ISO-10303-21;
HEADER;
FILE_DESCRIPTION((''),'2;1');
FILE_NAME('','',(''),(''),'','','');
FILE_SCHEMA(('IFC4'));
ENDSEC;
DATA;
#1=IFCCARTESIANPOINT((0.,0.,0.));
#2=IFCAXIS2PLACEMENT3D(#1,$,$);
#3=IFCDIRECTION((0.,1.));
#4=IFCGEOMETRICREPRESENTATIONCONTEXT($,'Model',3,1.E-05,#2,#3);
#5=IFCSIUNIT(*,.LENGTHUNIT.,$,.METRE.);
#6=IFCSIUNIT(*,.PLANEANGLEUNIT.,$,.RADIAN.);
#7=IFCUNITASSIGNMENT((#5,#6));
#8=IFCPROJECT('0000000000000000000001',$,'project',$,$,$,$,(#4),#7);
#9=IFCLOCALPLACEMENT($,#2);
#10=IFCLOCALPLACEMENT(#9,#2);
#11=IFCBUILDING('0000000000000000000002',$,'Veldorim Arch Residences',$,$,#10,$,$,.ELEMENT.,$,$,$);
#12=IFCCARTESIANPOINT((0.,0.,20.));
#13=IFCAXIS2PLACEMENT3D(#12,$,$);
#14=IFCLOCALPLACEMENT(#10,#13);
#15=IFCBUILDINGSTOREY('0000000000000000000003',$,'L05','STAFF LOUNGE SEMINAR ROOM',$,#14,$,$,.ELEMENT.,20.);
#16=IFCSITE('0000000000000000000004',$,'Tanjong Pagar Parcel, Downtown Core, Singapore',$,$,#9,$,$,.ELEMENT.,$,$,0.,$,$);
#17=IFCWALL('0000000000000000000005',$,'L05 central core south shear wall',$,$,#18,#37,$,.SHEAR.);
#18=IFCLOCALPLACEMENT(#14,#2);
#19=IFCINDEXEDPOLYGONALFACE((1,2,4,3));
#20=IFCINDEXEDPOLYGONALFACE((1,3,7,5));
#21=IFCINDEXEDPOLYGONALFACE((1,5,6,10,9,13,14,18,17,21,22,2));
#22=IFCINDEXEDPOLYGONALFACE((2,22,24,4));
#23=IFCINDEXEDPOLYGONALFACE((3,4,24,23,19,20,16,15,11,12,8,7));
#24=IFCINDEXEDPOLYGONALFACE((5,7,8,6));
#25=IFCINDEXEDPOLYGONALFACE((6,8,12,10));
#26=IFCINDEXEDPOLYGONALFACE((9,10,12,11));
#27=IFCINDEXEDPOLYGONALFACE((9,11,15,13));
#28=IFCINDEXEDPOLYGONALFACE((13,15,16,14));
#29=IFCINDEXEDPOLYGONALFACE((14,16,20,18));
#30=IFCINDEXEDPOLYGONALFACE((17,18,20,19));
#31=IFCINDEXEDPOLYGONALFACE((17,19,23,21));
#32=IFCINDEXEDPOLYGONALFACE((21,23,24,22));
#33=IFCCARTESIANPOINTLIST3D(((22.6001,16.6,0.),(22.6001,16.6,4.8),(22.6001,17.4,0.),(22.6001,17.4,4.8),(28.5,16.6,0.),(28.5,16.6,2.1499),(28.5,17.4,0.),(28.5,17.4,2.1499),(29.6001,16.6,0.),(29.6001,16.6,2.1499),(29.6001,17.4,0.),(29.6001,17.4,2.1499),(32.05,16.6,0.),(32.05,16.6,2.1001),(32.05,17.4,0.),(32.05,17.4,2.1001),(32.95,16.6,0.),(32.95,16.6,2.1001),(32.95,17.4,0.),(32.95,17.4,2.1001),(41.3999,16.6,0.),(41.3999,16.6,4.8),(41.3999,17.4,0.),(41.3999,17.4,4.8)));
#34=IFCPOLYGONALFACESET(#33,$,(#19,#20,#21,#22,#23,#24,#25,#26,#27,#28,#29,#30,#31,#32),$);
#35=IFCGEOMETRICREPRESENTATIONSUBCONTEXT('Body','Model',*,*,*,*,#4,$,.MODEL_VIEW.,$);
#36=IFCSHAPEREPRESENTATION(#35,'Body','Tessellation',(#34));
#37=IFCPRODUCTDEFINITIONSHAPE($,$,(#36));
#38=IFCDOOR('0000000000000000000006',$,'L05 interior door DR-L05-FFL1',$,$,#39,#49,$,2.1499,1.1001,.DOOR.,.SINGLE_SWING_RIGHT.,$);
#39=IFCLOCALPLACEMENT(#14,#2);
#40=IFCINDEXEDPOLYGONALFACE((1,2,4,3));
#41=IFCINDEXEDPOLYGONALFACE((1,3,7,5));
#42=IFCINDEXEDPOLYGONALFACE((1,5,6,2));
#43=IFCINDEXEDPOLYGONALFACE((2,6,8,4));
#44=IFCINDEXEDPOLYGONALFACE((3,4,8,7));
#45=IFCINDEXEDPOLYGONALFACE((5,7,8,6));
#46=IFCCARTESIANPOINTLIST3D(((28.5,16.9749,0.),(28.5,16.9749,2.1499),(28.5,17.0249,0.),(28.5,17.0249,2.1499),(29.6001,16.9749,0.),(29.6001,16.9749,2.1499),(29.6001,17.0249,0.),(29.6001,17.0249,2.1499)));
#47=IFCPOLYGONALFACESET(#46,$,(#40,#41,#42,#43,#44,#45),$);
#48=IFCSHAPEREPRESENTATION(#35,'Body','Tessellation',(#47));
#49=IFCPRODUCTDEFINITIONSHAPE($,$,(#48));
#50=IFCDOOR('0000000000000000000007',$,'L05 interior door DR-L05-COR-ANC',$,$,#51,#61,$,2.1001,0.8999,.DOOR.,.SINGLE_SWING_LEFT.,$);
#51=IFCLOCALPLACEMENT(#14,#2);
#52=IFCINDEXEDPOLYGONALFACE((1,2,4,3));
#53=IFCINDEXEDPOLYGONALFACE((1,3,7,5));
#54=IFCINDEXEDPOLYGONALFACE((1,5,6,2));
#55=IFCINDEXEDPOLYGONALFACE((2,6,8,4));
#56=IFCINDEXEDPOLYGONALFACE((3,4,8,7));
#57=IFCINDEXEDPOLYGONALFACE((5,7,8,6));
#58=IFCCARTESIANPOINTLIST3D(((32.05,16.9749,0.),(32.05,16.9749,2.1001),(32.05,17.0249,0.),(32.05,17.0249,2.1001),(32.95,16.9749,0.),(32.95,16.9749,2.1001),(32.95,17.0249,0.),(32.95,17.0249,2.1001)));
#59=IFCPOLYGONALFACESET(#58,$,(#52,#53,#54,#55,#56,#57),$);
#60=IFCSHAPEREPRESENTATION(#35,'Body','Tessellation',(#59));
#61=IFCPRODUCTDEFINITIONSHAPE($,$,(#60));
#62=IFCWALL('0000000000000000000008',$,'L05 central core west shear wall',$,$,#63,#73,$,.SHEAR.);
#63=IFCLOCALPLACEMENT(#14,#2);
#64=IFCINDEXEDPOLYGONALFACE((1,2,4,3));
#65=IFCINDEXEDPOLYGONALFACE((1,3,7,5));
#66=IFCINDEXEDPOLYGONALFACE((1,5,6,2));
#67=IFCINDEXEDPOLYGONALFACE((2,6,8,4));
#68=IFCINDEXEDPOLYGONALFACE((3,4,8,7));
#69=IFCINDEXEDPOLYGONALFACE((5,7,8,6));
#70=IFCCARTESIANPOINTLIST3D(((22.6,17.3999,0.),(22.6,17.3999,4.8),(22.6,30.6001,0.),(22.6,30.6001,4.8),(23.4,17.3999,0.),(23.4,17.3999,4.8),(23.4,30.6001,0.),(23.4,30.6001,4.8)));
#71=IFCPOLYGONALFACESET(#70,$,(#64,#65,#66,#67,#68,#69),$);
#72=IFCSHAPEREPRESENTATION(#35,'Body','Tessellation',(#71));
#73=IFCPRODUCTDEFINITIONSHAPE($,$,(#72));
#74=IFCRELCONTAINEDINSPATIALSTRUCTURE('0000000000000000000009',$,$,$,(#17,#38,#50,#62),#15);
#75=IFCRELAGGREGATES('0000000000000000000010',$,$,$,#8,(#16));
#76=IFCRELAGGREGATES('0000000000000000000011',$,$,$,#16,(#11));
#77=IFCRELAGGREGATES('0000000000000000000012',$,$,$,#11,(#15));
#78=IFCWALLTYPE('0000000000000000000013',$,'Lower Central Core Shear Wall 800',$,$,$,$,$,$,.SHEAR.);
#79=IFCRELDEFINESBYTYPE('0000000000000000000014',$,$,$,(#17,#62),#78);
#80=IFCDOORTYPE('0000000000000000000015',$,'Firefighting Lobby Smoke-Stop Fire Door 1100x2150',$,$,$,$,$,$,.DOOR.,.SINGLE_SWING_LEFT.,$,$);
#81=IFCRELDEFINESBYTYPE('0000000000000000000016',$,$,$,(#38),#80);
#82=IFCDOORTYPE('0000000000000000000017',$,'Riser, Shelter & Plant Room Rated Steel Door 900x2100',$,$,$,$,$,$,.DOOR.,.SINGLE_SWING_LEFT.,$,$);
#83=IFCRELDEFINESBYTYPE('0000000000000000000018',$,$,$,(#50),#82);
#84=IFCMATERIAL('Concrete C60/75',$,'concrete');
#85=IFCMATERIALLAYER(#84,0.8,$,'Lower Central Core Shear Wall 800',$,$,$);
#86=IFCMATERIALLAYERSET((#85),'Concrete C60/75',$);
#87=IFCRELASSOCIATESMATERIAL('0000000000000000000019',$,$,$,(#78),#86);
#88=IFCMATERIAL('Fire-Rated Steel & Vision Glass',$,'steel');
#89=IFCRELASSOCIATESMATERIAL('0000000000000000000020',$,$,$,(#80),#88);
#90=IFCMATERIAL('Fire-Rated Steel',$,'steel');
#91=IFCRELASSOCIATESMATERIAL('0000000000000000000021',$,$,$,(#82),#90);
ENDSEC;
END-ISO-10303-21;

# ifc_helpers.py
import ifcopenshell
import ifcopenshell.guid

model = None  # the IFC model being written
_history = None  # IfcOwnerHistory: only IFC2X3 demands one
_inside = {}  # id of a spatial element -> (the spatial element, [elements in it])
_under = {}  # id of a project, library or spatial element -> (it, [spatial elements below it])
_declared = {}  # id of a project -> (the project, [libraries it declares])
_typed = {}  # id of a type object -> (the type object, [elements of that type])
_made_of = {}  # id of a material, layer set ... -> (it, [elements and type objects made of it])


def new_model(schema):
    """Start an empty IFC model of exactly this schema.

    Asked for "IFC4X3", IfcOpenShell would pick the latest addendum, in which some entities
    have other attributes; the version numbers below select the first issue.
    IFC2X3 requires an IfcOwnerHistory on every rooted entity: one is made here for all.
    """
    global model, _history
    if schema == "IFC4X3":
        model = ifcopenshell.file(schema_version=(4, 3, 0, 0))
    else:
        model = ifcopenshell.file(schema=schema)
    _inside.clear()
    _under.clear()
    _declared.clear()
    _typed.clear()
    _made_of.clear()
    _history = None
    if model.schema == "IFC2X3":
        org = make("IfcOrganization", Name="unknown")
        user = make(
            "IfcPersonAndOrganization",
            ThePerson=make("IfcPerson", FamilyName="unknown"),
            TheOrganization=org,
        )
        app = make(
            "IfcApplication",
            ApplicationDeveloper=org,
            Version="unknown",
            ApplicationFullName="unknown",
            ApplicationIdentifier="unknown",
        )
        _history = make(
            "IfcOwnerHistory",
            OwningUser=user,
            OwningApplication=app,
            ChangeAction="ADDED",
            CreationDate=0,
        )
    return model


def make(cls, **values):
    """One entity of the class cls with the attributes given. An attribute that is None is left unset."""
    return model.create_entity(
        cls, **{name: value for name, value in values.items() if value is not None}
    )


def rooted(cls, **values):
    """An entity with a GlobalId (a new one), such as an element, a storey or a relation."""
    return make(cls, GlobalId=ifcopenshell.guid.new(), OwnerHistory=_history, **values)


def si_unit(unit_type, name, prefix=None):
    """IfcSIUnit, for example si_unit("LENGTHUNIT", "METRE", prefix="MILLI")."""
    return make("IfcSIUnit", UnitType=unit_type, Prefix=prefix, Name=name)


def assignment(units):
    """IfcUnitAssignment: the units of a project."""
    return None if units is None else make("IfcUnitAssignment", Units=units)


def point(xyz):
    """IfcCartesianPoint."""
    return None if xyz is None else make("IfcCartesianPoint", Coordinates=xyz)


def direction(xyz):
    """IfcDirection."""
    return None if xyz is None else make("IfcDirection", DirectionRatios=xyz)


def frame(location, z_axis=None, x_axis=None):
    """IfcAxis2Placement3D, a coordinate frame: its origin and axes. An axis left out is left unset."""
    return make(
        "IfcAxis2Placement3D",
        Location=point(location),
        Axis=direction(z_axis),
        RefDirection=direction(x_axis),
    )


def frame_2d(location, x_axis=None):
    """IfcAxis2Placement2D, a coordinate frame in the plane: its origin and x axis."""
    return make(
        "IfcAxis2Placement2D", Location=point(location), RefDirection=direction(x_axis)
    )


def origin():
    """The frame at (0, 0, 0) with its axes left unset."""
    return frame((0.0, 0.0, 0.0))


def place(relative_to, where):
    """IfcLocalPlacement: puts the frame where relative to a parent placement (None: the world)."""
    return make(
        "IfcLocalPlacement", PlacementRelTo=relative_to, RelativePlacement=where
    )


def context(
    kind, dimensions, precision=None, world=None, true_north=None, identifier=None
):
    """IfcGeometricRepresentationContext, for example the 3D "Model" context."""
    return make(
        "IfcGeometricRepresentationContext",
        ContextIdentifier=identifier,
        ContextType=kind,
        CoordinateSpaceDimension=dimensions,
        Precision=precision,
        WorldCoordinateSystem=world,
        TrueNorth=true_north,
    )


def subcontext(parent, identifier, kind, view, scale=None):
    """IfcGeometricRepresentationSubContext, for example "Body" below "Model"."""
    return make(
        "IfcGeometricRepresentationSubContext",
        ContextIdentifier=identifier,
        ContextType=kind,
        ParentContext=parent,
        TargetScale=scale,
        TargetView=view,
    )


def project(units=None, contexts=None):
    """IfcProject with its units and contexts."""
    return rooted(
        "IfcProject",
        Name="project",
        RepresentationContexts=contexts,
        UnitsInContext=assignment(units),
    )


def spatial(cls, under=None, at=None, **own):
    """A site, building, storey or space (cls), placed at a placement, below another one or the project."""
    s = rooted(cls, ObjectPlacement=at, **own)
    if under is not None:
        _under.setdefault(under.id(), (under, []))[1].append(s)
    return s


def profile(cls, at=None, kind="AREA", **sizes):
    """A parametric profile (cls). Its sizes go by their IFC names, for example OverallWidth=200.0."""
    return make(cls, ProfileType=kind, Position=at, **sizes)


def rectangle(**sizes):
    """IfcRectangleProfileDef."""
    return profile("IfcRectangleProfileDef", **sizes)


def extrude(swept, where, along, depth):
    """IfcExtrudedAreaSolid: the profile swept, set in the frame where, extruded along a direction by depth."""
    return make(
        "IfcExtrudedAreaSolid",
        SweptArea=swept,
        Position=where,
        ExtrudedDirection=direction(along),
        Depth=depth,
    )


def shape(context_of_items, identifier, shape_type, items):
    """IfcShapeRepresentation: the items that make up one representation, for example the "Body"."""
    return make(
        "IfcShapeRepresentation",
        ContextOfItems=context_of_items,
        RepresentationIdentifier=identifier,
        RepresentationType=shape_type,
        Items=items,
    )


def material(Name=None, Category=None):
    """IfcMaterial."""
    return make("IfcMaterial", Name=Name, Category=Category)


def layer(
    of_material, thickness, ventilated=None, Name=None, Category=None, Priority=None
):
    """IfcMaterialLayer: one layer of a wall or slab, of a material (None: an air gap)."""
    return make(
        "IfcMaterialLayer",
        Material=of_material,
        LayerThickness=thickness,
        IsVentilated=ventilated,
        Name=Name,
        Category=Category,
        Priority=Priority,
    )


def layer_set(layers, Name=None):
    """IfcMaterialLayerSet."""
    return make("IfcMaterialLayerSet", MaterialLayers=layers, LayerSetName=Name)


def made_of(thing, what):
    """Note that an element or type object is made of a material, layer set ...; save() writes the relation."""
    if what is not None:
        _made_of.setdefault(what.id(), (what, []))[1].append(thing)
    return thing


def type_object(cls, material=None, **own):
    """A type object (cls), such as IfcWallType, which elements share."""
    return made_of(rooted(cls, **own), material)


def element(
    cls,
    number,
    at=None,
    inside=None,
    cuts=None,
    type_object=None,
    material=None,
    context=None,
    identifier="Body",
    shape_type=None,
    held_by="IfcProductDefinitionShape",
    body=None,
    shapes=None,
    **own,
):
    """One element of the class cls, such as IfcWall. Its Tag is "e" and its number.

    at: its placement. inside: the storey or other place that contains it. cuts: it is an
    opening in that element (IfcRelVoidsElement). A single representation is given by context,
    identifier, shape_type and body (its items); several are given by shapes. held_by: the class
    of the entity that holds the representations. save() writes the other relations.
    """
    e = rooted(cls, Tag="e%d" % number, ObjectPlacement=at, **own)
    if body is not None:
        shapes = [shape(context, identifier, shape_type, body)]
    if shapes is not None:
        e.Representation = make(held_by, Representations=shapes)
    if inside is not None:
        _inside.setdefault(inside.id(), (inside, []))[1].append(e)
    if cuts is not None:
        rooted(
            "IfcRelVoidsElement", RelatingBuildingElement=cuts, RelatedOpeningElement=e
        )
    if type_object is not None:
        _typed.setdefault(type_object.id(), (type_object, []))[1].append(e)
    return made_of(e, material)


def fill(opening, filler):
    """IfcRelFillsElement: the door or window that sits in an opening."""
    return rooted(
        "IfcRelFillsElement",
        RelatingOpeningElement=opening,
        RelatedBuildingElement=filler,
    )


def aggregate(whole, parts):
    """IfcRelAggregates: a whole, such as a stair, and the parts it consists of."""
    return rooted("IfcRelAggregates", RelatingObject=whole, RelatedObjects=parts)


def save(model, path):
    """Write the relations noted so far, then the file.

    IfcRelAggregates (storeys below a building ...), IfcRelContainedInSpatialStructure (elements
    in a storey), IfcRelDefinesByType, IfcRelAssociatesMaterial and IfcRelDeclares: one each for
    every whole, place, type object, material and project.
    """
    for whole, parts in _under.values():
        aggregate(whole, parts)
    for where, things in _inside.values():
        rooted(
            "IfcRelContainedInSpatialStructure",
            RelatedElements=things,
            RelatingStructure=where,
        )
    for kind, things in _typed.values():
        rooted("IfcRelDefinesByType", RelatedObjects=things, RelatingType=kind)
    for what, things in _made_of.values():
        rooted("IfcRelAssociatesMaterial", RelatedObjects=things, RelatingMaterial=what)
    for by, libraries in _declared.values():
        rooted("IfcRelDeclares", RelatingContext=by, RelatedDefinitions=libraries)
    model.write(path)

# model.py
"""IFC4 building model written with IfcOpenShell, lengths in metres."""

from ifc_helpers import new_model, si_unit, direction, frame, frame_2d, origin, place, context, subcontext, project, spatial, rectangle, extrude, material, layer, layer_set, type_object, element, fill, save


model = new_model("IFC4")

# Units and contexts
model_context = context("Model", 3, precision=1e-05, world=origin(), true_north=direction((0.0, 1.0)))
body_context = subcontext(model_context, "Body", "Model", "MODEL_VIEW")
ifc_project = project(units=[si_unit("LENGTHUNIT", "METRE"), si_unit("PLANEANGLEUNIT", "RADIAN")], contexts=[model_context])

# Site, building, storey
site_placement = place(None, origin())
site = spatial("IfcSite", under=ifc_project, at=site_placement, Name="Tanjong Pagar Parcel, Downtown Core, Singapore", CompositionType="ELEMENT", RefElevation=0.0)
building_placement = place(site_placement, origin())
building = spatial("IfcBuilding", under=site, at=building_placement, Name="Veldorim Arch Residences", CompositionType="ELEMENT")
storey_placement = place(building_placement, frame((0.0, 0.0, 20.0)))
storey = spatial("IfcBuildingStorey", under=building, at=storey_placement, Name="L05", Description="STAFF LOUNGE SEMINAR ROOM", CompositionType="ELEMENT", Elevation=20.0)

# Wall, openings, doors
ifc_material_1 = material(Name="Concrete C60/75", Category="concrete")
ifc_layer_1 = layer(ifc_material_1, 0.8, Name="Lower Central Core Shear Wall 800")
ifc_layer_set_1 = layer_set([ifc_layer_1], Name="Concrete C60/75")
wall_type_1 = type_object("IfcWallType", Name="Lower Central Core Shear Wall 800", PredefinedType="SHEAR", material=ifc_layer_set_1)
wall_1_placement = place(storey_placement, frame((22.6001, 17.0, 0.0), z_axis=(0.0, 0.0, 1.0), x_axis=(1.0, 0.0, 0.0)))
wall_1 = element("IfcWall", 1, at=wall_1_placement, inside=storey, type_object=wall_type_1, Name="L05 central core south shear wall", PredefinedType="SHEAR", context=body_context, shape_type="SweptSolid", body=[
    extrude(rectangle(XDim=18.7998, YDim=0.8, at=frame_2d((9.3999, 0.0))), origin(), (0.0, 0.0, 1.0), 4.8),
])
opening_1_placement = place(wall_1_placement, frame((5.8999, 0.0, 0.0)))
opening_1 = element("IfcOpeningElement", 2, at=opening_1_placement, cuts=wall_1, PredefinedType="OPENING", context=body_context, shape_type="SweptSolid", body=[
    extrude(rectangle(XDim=1.1001, YDim=2.1499, at=frame_2d((0.55, 1.075))), frame((0.0, 0.4099, 0.0), z_axis=(0.0, -1.0, 0.0), x_axis=(1.0, 0.0, 0.0)), (0.0, 0.0, 1.0), 0.8201),
])
opening_2_placement = place(wall_1_placement, frame((9.45, 0.0, 0.0)))
opening_2 = element("IfcOpeningElement", 3, at=opening_2_placement, cuts=wall_1, PredefinedType="OPENING", context=body_context, shape_type="SweptSolid", body=[
    extrude(rectangle(XDim=0.8999, YDim=2.1001, at=frame_2d((0.45, 1.05))), frame((0.0, 0.4099, 0.0), z_axis=(0.0, -1.0, 0.0), x_axis=(1.0, 0.0, 0.0)), (0.0, 0.0, 1.0), 0.8201),
])
ifc_material_2 = material(Name="Fire-Rated Steel & Vision Glass", Category="steel")
door_type_1 = type_object("IfcDoorType", Name="Firefighting Lobby Smoke-Stop Fire Door 1100x2150", OperationType="SINGLE_SWING_LEFT", PredefinedType="DOOR", material=ifc_material_2)
door_1_placement = place(opening_1_placement, origin())
door_1 = element("IfcDoor", 4, at=door_1_placement, inside=storey, type_object=door_type_1, Name="L05 interior door DR-L05-FFL1", OperationType="SINGLE_SWING_RIGHT", OverallHeight=2.1499, OverallWidth=1.1001, PredefinedType="DOOR", context=body_context, shape_type="SweptSolid", body=[
    extrude(rectangle(XDim=1.1001, YDim=2.1499, at=frame_2d((0.55, 1.075))), frame((0.0, 0.0249, 0.0), z_axis=(0.0, -1.0, 0.0), x_axis=(1.0, 0.0, 0.0)), (0.0, 0.0, 1.0), 0.05),
])
fill(opening_1, door_1)
ifc_material_3 = material(Name="Fire-Rated Steel", Category="steel")
door_type_2 = type_object("IfcDoorType", Name="Riser, Shelter & Plant Room Rated Steel Door 900x2100", OperationType="SINGLE_SWING_LEFT", PredefinedType="DOOR", material=ifc_material_3)
door_2_placement = place(opening_2_placement, origin())
door_2 = element("IfcDoor", 5, at=door_2_placement, inside=storey, type_object=door_type_2, Name="L05 interior door DR-L05-COR-ANC", OperationType="SINGLE_SWING_LEFT", OverallHeight=2.1001, OverallWidth=0.8999, PredefinedType="DOOR", context=body_context, shape_type="SweptSolid", body=[
    extrude(rectangle(XDim=0.8999, YDim=2.1001, at=frame_2d((0.45, 1.05))), frame((0.0, 0.0249, 0.0), z_axis=(0.0, -1.0, 0.0), x_axis=(1.0, 0.0, 0.0)), (0.0, 0.0, 1.0), 0.05),
])
fill(opening_2, door_2)

# Wall
wall_2_placement = place(storey_placement, frame((23.0, 17.3999, 0.0), z_axis=(0.0, 0.0, 1.0), x_axis=(0.0, 1.0, 0.0)))
element("IfcWall", 6, at=wall_2_placement, inside=storey, type_object=wall_type_1, Name="L05 central core west shear wall", PredefinedType="SHEAR", context=body_context, shape_type="SweptSolid", body=[
    extrude(rectangle(XDim=13.2002, YDim=0.8, at=frame_2d((6.6001, 0.0))), origin(), (0.0, 0.0, 1.0), 4.8),
])

save(model, "model.ifc")
